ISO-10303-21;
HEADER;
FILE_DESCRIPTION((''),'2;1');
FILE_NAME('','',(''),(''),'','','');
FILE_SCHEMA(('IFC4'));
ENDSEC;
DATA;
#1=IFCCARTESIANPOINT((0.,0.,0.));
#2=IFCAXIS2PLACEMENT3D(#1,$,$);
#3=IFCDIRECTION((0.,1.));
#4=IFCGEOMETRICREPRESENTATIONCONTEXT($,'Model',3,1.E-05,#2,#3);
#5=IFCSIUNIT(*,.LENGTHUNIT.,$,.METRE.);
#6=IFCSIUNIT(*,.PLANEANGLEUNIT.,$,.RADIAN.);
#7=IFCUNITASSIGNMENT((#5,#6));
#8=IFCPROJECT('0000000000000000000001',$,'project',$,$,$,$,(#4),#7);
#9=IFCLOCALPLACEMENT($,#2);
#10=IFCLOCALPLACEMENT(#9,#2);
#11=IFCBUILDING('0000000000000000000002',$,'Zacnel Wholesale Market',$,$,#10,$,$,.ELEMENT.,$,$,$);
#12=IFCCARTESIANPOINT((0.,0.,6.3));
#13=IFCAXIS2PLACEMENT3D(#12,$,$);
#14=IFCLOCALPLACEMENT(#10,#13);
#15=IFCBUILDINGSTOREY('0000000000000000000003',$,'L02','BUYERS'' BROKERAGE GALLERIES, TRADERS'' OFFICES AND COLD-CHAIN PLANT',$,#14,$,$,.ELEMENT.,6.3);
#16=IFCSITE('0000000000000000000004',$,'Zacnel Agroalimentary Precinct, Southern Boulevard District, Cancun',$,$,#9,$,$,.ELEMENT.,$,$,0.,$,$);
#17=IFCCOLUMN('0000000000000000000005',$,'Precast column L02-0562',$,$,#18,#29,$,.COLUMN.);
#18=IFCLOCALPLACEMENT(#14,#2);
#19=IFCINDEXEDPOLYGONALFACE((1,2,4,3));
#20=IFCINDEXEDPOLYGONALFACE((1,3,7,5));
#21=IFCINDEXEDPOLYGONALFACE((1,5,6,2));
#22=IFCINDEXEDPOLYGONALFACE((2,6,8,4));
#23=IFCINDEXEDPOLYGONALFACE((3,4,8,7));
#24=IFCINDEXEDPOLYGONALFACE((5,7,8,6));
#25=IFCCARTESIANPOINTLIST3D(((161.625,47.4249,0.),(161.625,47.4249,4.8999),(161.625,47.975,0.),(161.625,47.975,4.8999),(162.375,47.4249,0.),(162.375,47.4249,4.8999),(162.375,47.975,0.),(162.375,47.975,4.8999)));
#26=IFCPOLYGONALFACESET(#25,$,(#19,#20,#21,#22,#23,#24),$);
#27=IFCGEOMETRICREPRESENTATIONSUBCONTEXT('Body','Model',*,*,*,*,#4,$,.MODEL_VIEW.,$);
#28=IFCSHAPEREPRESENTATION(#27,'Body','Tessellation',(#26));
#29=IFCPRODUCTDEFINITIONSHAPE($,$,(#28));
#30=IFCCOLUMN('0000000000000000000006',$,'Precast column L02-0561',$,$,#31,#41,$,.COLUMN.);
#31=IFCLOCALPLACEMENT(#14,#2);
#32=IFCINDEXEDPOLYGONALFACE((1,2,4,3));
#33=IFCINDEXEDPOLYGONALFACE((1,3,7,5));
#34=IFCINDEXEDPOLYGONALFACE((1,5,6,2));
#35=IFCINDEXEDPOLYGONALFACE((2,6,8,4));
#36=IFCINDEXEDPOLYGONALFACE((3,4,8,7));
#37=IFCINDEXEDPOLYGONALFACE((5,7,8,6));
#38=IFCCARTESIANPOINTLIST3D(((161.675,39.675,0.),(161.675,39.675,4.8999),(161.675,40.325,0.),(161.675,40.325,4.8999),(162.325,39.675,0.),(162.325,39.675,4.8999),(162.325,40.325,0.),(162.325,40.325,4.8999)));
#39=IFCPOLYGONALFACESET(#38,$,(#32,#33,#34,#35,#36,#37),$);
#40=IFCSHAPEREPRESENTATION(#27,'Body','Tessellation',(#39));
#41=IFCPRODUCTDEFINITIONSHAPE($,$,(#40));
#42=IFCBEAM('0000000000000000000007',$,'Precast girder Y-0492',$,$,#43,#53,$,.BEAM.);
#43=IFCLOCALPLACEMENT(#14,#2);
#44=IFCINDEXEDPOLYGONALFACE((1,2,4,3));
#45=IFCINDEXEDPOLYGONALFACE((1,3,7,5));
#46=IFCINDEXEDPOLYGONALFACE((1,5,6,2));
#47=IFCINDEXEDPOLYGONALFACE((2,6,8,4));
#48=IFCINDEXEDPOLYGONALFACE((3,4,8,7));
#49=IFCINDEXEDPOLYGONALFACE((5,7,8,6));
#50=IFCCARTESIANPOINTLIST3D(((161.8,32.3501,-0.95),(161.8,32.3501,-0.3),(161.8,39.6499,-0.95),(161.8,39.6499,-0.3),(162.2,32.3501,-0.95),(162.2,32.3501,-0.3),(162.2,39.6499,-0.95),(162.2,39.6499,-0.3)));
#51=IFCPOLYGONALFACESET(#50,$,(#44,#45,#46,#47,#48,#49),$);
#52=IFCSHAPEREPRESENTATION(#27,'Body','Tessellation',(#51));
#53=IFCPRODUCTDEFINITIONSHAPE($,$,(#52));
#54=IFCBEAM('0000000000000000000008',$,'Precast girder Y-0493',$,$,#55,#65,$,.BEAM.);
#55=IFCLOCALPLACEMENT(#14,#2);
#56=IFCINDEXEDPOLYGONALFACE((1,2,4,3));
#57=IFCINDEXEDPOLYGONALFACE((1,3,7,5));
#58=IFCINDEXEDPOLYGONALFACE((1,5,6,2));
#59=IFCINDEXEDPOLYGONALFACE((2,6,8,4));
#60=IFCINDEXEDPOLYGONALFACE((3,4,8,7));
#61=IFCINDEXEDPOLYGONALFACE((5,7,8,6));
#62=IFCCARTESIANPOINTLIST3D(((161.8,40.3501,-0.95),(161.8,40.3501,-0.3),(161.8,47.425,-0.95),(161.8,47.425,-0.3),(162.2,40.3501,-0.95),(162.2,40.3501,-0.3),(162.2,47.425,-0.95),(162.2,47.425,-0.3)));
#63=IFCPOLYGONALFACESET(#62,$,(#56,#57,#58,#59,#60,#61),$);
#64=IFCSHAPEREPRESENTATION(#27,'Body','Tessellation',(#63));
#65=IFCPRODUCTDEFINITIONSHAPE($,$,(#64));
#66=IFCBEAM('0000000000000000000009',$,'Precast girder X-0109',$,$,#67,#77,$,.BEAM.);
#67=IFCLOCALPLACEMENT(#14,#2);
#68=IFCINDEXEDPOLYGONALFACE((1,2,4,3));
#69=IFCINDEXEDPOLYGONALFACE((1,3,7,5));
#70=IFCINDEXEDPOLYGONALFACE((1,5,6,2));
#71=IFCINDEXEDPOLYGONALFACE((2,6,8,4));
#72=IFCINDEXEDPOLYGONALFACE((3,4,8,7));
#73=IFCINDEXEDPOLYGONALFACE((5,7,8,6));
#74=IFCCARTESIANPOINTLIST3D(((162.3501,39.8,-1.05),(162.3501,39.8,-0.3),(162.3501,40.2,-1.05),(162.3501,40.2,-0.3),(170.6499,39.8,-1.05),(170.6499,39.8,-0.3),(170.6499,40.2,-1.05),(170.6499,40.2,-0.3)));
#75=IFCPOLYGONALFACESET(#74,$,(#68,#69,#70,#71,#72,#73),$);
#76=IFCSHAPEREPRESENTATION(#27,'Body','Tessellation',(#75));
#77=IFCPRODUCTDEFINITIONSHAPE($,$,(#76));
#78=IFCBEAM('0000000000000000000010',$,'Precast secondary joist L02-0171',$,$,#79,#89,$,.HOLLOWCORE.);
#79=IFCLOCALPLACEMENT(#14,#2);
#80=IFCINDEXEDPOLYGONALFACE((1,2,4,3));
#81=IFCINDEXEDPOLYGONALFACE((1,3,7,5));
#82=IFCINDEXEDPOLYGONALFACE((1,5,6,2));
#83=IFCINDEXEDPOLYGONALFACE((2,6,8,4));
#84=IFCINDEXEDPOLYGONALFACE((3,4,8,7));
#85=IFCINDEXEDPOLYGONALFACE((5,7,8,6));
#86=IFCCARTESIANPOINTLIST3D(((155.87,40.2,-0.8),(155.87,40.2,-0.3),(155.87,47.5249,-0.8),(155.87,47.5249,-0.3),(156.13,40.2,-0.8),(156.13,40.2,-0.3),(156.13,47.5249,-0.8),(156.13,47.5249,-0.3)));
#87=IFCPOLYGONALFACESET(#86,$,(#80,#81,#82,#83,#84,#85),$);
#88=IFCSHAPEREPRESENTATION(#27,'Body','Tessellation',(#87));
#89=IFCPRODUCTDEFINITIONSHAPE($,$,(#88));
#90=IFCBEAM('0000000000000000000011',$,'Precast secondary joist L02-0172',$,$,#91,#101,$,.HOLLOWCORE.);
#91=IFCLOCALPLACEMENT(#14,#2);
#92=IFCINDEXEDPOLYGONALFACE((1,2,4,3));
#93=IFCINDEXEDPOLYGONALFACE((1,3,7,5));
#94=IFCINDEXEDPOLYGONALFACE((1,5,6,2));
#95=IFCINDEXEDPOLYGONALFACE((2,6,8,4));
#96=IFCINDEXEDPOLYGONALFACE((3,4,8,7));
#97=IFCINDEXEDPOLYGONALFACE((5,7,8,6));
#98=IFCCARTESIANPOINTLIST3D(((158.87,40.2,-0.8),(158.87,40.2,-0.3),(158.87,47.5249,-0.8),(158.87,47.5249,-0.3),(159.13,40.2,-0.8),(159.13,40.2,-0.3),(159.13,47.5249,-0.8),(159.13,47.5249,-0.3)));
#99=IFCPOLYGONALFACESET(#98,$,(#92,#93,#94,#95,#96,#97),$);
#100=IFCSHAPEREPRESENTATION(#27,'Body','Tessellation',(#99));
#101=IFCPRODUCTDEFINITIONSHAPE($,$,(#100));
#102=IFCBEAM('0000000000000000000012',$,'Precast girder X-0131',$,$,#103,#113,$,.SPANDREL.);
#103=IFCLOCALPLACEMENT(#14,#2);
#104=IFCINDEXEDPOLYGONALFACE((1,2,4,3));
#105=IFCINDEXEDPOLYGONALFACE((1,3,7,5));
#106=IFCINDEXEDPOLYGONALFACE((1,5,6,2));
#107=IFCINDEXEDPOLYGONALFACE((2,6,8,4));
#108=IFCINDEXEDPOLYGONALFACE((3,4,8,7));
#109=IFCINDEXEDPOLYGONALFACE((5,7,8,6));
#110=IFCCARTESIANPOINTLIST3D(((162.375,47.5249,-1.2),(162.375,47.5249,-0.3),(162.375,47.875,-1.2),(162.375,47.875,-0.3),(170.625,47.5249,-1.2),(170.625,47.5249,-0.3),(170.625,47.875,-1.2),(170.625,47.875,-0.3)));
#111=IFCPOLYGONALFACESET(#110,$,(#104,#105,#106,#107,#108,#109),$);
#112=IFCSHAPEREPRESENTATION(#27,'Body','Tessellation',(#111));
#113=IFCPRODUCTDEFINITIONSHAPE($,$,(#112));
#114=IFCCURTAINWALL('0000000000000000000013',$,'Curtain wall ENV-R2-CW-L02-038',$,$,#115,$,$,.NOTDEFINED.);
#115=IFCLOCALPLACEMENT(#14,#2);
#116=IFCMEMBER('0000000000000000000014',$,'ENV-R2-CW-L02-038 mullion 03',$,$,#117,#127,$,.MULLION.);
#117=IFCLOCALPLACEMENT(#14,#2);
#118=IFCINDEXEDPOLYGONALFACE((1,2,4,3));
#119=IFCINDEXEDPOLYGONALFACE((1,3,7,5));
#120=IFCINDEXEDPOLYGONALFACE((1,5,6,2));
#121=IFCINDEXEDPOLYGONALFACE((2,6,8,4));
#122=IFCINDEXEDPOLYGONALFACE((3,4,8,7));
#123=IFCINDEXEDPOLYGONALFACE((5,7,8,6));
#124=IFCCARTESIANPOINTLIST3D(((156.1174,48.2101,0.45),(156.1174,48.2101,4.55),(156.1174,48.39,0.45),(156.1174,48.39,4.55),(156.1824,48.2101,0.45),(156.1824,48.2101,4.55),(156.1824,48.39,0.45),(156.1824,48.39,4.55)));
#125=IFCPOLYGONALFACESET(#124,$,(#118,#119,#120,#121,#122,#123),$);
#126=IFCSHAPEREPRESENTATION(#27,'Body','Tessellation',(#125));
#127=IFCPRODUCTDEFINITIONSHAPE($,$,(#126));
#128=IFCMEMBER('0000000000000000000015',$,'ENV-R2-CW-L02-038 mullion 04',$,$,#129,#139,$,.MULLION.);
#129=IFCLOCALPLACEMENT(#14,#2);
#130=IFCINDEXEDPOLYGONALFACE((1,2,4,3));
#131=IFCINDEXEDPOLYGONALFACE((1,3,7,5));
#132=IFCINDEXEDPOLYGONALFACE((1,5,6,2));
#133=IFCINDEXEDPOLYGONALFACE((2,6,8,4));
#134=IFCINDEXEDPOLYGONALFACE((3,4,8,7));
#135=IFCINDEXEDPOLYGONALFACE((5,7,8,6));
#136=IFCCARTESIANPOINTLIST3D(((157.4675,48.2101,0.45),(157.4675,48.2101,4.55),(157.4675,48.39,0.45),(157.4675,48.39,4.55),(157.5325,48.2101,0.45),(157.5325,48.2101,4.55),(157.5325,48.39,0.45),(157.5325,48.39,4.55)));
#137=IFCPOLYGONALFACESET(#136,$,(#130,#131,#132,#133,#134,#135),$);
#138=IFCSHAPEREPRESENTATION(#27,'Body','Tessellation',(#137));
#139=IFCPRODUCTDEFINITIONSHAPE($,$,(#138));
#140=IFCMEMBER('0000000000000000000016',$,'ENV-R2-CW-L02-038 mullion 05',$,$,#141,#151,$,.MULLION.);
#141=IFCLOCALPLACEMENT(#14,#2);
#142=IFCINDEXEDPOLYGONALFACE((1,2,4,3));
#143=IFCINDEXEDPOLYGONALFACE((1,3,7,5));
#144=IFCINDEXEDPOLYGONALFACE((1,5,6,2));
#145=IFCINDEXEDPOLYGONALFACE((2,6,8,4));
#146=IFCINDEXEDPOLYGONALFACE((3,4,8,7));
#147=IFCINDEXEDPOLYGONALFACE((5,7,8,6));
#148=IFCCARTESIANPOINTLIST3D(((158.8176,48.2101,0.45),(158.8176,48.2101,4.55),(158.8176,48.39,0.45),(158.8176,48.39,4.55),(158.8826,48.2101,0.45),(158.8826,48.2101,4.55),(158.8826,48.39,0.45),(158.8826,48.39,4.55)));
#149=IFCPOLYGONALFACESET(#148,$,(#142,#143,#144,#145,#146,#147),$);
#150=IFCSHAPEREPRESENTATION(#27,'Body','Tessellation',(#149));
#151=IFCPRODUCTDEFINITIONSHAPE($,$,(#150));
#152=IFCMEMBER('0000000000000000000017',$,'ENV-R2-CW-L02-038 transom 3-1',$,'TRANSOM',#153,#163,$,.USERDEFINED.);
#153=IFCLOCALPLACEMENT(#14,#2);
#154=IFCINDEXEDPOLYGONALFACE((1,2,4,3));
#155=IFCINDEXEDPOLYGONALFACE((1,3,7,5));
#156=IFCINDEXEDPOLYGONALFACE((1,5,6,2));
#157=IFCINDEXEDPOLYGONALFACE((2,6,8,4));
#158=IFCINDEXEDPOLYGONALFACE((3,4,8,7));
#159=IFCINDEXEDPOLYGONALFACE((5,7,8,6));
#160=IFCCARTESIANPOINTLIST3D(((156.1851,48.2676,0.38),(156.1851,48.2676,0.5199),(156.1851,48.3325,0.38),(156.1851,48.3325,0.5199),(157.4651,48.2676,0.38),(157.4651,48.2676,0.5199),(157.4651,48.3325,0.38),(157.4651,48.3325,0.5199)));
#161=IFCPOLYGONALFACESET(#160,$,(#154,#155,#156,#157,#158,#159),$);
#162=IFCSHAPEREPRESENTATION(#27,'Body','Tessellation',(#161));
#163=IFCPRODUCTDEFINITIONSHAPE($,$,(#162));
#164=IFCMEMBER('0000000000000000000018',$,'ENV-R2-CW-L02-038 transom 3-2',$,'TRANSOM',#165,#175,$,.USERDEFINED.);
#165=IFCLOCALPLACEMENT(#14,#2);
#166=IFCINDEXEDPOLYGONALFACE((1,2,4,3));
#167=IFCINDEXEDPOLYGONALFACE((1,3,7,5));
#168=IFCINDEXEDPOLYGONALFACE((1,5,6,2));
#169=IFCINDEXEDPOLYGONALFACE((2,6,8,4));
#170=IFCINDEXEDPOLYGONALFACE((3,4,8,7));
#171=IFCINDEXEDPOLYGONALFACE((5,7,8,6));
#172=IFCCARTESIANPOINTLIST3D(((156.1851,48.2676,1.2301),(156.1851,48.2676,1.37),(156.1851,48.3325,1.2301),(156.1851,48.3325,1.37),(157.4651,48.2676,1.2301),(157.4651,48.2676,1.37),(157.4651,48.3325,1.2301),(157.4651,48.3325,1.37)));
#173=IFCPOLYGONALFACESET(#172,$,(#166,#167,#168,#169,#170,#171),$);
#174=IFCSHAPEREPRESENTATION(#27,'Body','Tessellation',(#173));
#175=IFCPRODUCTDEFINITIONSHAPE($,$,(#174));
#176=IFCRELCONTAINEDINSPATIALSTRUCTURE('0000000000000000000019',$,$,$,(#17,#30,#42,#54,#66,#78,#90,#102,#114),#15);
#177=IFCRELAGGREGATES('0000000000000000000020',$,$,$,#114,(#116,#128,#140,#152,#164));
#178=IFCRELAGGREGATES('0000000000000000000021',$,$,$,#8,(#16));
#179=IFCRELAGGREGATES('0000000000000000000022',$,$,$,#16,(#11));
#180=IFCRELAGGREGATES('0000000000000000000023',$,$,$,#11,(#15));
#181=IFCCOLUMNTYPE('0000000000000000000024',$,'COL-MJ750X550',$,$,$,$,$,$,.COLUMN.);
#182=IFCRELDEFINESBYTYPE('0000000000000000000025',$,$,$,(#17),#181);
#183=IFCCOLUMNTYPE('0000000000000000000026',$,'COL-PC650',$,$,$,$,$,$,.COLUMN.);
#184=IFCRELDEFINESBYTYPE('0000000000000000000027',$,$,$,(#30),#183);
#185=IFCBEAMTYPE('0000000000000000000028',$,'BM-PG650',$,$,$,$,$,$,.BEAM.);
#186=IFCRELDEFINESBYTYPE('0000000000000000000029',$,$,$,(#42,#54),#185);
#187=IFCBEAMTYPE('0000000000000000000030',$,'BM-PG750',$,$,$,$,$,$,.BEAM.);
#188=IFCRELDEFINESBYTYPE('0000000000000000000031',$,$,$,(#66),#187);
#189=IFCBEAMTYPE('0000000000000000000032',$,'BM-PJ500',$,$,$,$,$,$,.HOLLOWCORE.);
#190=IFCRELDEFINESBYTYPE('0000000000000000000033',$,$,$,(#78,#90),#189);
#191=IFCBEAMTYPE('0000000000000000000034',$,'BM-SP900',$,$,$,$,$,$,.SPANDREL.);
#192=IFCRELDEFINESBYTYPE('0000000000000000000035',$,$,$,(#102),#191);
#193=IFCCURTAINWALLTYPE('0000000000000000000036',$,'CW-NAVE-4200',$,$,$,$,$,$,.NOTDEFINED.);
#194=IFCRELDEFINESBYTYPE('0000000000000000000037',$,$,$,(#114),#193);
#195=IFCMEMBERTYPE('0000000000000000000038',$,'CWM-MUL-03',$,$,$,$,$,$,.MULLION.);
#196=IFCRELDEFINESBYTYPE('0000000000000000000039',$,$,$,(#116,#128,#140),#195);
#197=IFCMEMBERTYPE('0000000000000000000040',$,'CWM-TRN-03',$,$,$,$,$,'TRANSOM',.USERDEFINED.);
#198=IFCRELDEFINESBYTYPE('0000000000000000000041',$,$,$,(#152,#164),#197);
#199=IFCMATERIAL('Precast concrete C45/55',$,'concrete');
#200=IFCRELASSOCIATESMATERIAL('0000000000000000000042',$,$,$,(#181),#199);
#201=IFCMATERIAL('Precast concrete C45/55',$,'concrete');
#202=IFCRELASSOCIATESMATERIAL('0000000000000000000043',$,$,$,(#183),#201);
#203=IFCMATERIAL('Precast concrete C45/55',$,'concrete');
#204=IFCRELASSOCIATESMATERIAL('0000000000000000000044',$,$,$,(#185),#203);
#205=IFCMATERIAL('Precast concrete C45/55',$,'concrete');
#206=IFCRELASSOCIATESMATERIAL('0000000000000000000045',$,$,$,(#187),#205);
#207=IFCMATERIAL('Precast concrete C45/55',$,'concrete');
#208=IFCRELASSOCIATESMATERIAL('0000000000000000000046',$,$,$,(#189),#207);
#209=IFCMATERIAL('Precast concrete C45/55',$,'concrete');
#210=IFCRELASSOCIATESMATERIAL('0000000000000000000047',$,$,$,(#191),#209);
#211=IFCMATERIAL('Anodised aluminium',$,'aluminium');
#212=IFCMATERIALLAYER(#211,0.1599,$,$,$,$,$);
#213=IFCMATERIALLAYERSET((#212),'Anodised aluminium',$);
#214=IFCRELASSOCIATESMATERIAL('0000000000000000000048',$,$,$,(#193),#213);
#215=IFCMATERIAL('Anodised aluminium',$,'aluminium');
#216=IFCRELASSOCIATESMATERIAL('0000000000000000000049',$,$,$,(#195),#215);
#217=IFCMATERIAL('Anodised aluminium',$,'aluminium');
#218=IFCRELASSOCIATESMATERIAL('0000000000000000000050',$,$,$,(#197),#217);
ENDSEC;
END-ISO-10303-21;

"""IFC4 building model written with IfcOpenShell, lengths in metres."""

from ifc_helpers import new_model, si_unit, direction, frame, origin, origin_2d, place, context, subcontext, project, spatial, rectangle, extrude, material, layer, layer_set, material_profile, profile_set, type_object, element, aggregate, save


model = new_model("IFC4")

# Units and contexts
model_context = context("Model", 3, precision=1e-05, world=origin(), true_north=direction((0.0, 1.0)))
body_context = subcontext(model_context, "Body", "Model", "MODEL_VIEW")
ifc_project = project(units=[si_unit("LENGTHUNIT", "METRE"), si_unit("PLANEANGLEUNIT", "RADIAN")], contexts=[model_context])

# Site, building, storey
site_placement = place(None, origin())
site = spatial("IfcSite", under=ifc_project, at=site_placement, Name="Zacnel Agroalimentary Precinct, Southern Boulevard District, Cancun", CompositionType="ELEMENT", RefElevation=0.0)
building_placement = place(site_placement, origin())
building = spatial("IfcBuilding", under=site, at=building_placement, Name="Zacnel Wholesale Market", CompositionType="ELEMENT")
storey_placement = place(building_placement, frame((0.0, 0.0, 6.3)))
storey = spatial("IfcBuildingStorey", under=building, at=storey_placement, Name="L02", Description="BUYERS' BROKERAGE GALLERIES, TRADERS' OFFICES AND COLD-CHAIN PLANT", CompositionType="ELEMENT", Elevation=6.3)

# Columns
ifc_material_1 = material(Name="Precast concrete C45/55", Category="concrete")
ifc_material_profile_1 = material_profile(ifc_material_1, rectangle(XDim=0.75, YDim=0.55, at=origin_2d()), Name="PC 750x550")
ifc_profile_set_1 = profile_set([ifc_material_profile_1], Name="Precast concrete C45/55")
column_type_1 = type_object("IfcColumnType", Name="COL-MJ750X550", PredefinedType="COLUMN", material=ifc_profile_set_1)
column_1_placement = place(storey_placement, frame((162.0, 47.7, 0.0), z_axis=(0.0, 0.0, 1.0), x_axis=(1.0, 0.0, 0.0)))
element("IfcColumn", 1, at=column_1_placement, inside=storey, type_object=column_type_1, Name="Precast column L02-0562", PredefinedType="COLUMN", context=body_context, shape_type="SweptSolid", body=[
    extrude(rectangle(XDim=0.75, YDim=0.55, at=origin_2d()), origin(), (0.0, 0.0, 1.0), 4.8999),
])
ifc_material_2 = material(Name="Precast concrete C45/55", Category="concrete")
ifc_material_profile_2 = material_profile(ifc_material_2, rectangle(XDim=0.6499, YDim=0.6499, at=origin_2d()), Name="PC 650x650")
ifc_profile_set_2 = profile_set([ifc_material_profile_2], Name="Precast concrete C45/55")
column_type_2 = type_object("IfcColumnType", Name="COL-PC650", PredefinedType="COLUMN", material=ifc_profile_set_2)
column_2_placement = place(storey_placement, frame((162.0, 40.0, 0.0), z_axis=(0.0, 0.0, 1.0), x_axis=(1.0, 0.0, 0.0)))
element("IfcColumn", 2, at=column_2_placement, inside=storey, type_object=column_type_2, Name="Precast column L02-0561", PredefinedType="COLUMN", context=body_context, shape_type="SweptSolid", body=[
    extrude(rectangle(XDim=0.6499, YDim=0.6499, at=origin_2d()), origin(), (0.0, 0.0, 1.0), 4.8999),
])

# Beams
ifc_material_3 = material(Name="Precast concrete C45/55", Category="concrete")
ifc_material_profile_3 = material_profile(ifc_material_3, rectangle(XDim=0.3999, YDim=0.6499, at=origin_2d()), Name="PG 400x650")
ifc_profile_set_3 = profile_set([ifc_material_profile_3], Name="Precast concrete C45/55")
beam_type_1 = type_object("IfcBeamType", Name="BM-PG650", PredefinedType="BEAM", material=ifc_profile_set_3)
beam_1_placement = place(storey_placement, frame((162.0, 32.3501, -0.625), z_axis=(0.0, 1.0, 0.0), x_axis=(-1.0, 0.0, 0.0)))
element("IfcBeam", 3, at=beam_1_placement, inside=storey, type_object=beam_type_1, Name="Precast girder Y-0492", PredefinedType="BEAM", context=body_context, shape_type="SweptSolid", body=[
    extrude(rectangle(XDim=0.3999, YDim=0.6499, at=origin_2d()), origin(), (0.0, 0.0, 1.0), 7.2998),
])
beam_2_placement = place(storey_placement, frame((162.0, 40.3501, -0.625), z_axis=(0.0, 1.0, 0.0), x_axis=(-1.0, 0.0, 0.0)))
element("IfcBeam", 4, at=beam_2_placement, inside=storey, type_object=beam_type_1, Name="Precast girder Y-0493", PredefinedType="BEAM", context=body_context, shape_type="SweptSolid", body=[
    extrude(rectangle(XDim=0.3999, YDim=0.6499, at=origin_2d()), origin(), (0.0, 0.0, 1.0), 7.075),
])
ifc_material_4 = material(Name="Precast concrete C45/55", Category="concrete")
ifc_material_profile_4 = material_profile(ifc_material_4, rectangle(XDim=0.3999, YDim=0.75, at=origin_2d()), Name="PG 400x750")
ifc_profile_set_4 = profile_set([ifc_material_profile_4], Name="Precast concrete C45/55")
beam_type_2 = type_object("IfcBeamType", Name="BM-PG750", PredefinedType="BEAM", material=ifc_profile_set_4)
beam_3_placement = place(storey_placement, frame((162.3501, 40.0, -0.675), z_axis=(1.0, 0.0, 0.0), x_axis=(0.0, 1.0, 0.0)))
element("IfcBeam", 5, at=beam_3_placement, inside=storey, type_object=beam_type_2, Name="Precast girder X-0109", PredefinedType="BEAM", context=body_context, shape_type="SweptSolid", body=[
    extrude(rectangle(XDim=0.3999, YDim=0.75, at=origin_2d()), origin(), (0.0, 0.0, 1.0), 8.2998),
])
ifc_material_5 = material(Name="Precast concrete C45/55", Category="concrete")
ifc_material_profile_5 = material_profile(ifc_material_5, rectangle(XDim=0.26, YDim=0.5, at=origin_2d()), Name="PJ 260x500")
ifc_profile_set_5 = profile_set([ifc_material_profile_5], Name="Precast concrete C45/55")
beam_type_3 = type_object("IfcBeamType", Name="BM-PJ500", PredefinedType="HOLLOWCORE", material=ifc_profile_set_5)
for number, where, z_axis, x_axis, name in (
    (6, (156.0, 40.2, -0.55), (0.0, 1.0, 0.0), (-1.0, 0.0, 0.0), "Precast secondary joist L02-0171"),
    (7, (159.0, 40.2, -0.55), (0.0, 1.0, 0.0), (-1.0, 0.0, 0.0), "Precast secondary joist L02-0172"),
):
    element("IfcBeam", number, at=place(storey_placement, frame(where, z_axis=z_axis, x_axis=x_axis)), inside=storey, type_object=beam_type_3, Name=name, PredefinedType="HOLLOWCORE", context=body_context, shape_type="SweptSolid", body=[
        extrude(rectangle(XDim=0.26, YDim=0.5, at=origin_2d()), origin(), (0.0, 0.0, 1.0), 7.325),
    ])
ifc_material_6 = material(Name="Precast concrete C45/55", Category="concrete")
ifc_material_profile_6 = material_profile(ifc_material_6, rectangle(XDim=0.3501, YDim=0.8999, at=origin_2d()), Name="SP 350x900")
ifc_profile_set_6 = profile_set([ifc_material_profile_6], Name="Precast concrete C45/55")
beam_type_4 = type_object("IfcBeamType", Name="BM-SP900", PredefinedType="SPANDREL", material=ifc_profile_set_6)
beam_4_placement = place(storey_placement, frame((162.375, 47.7, -0.75), z_axis=(1.0, 0.0, 0.0), x_axis=(0.0, 1.0, 0.0)))
element("IfcBeam", 8, at=beam_4_placement, inside=storey, type_object=beam_type_4, Name="Precast girder X-0131", PredefinedType="SPANDREL", context=body_context, shape_type="SweptSolid", body=[
    extrude(rectangle(XDim=0.3501, YDim=0.8999, at=origin_2d()), origin(), (0.0, 0.0, 1.0), 8.25),
])

# Curtain wall, members
ifc_material_7 = material(Name="Anodised aluminium", Category="aluminium")
ifc_layer_1 = layer(ifc_material_7, 0.1599)
ifc_layer_set_1 = layer_set([ifc_layer_1], Name="Anodised aluminium")
curtain_wall_type = type_object("IfcCurtainWallType", Name="CW-NAVE-4200", PredefinedType="NOTDEFINED", material=ifc_layer_set_1)
curtain_wall_placement = place(storey_placement, origin())
curtain_wall = element("IfcCurtainWall", 9, at=curtain_wall_placement, inside=storey, type_object=curtain_wall_type, Name="Curtain wall ENV-R2-CW-L02-038", PredefinedType="NOTDEFINED")
ifc_material_8 = material(Name="Anodised aluminium", Category="aluminium")
ifc_material_profile_7 = material_profile(ifc_material_8, rectangle(XDim=0.0649, YDim=0.1799, at=origin_2d()), Name="AW-MULLION 65x180")
ifc_profile_set_7 = profile_set([ifc_material_profile_7], Name="Anodised aluminium")
member_type_1 = type_object("IfcMemberType", Name="CWM-MUL-03", PredefinedType="MULLION", material=ifc_profile_set_7)
member_1_placement = place(storey_placement, frame((156.1499, 48.3, 0.45), z_axis=(0.0, 0.0, 1.0), x_axis=(1.0, 0.0, 0.0)))
member_1 = element("IfcMember", 10, at=member_1_placement, type_object=member_type_1, Name="ENV-R2-CW-L02-038 mullion 03", PredefinedType="MULLION", context=body_context, shape_type="SweptSolid", body=[
    extrude(rectangle(XDim=0.0649, YDim=0.1799, at=origin_2d()), origin(), (0.0, 0.0, 1.0), 4.1001),
])
member_2_placement = place(storey_placement, frame((157.5, 48.3, 0.45), z_axis=(0.0, 0.0, 1.0), x_axis=(1.0, 0.0, 0.0)))
member_2 = element("IfcMember", 11, at=member_2_placement, type_object=member_type_1, Name="ENV-R2-CW-L02-038 mullion 04", PredefinedType="MULLION", context=body_context, shape_type="SweptSolid", body=[
    extrude(rectangle(XDim=0.0649, YDim=0.1799, at=origin_2d()), origin(), (0.0, 0.0, 1.0), 4.1001),
])
member_3_placement = place(storey_placement, frame((158.8501, 48.3, 0.45), z_axis=(0.0, 0.0, 1.0), x_axis=(1.0, 0.0, 0.0)))
member_3 = element("IfcMember", 12, at=member_3_placement, type_object=member_type_1, Name="ENV-R2-CW-L02-038 mullion 05", PredefinedType="MULLION", context=body_context, shape_type="SweptSolid", body=[
    extrude(rectangle(XDim=0.0649, YDim=0.1799, at=origin_2d()), origin(), (0.0, 0.0, 1.0), 4.1001),
])
ifc_material_9 = material(Name="Anodised aluminium", Category="aluminium")
ifc_material_profile_8 = material_profile(ifc_material_9, rectangle(XDim=0.0649, YDim=0.1399, at=origin_2d()), Name="AW-TRANSOM 65x140")
ifc_profile_set_8 = profile_set([ifc_material_profile_8], Name="Anodised aluminium")
member_type_2 = type_object("IfcMemberType", Name="CWM-TRN-03", ElementType="TRANSOM", PredefinedType="USERDEFINED", material=ifc_profile_set_8)
member_4_placement = place(storey_placement, frame((156.1851, 48.3, 0.45), z_axis=(1.0, 0.0, 0.0), x_axis=(0.0, 1.0, 0.0)))
member_4 = element("IfcMember", 13, at=member_4_placement, type_object=member_type_2, Name="ENV-R2-CW-L02-038 transom 3-1", ObjectType="TRANSOM", PredefinedType="USERDEFINED", context=body_context, shape_type="SweptSolid", body=[
    extrude(rectangle(XDim=0.0649, YDim=0.1399, at=origin_2d()), origin(), (0.0, 0.0, 1.0), 1.28),
])
member_5_placement = place(storey_placement, frame((156.1851, 48.3, 1.3), z_axis=(1.0, 0.0, 0.0), x_axis=(0.0, 1.0, 0.0)))
member_5 = element("IfcMember", 14, at=member_5_placement, type_object=member_type_2, Name="ENV-R2-CW-L02-038 transom 3-2", ObjectType="TRANSOM", PredefinedType="USERDEFINED", context=body_context, shape_type="SweptSolid", body=[
    extrude(rectangle(XDim=0.0649, YDim=0.1399, at=origin_2d()), origin(), (0.0, 0.0, 1.0), 1.28),
])
aggregate(curtain_wall, [member_1, member_2, member_3, member_4, member_5])

save(model, "model.ifc")
